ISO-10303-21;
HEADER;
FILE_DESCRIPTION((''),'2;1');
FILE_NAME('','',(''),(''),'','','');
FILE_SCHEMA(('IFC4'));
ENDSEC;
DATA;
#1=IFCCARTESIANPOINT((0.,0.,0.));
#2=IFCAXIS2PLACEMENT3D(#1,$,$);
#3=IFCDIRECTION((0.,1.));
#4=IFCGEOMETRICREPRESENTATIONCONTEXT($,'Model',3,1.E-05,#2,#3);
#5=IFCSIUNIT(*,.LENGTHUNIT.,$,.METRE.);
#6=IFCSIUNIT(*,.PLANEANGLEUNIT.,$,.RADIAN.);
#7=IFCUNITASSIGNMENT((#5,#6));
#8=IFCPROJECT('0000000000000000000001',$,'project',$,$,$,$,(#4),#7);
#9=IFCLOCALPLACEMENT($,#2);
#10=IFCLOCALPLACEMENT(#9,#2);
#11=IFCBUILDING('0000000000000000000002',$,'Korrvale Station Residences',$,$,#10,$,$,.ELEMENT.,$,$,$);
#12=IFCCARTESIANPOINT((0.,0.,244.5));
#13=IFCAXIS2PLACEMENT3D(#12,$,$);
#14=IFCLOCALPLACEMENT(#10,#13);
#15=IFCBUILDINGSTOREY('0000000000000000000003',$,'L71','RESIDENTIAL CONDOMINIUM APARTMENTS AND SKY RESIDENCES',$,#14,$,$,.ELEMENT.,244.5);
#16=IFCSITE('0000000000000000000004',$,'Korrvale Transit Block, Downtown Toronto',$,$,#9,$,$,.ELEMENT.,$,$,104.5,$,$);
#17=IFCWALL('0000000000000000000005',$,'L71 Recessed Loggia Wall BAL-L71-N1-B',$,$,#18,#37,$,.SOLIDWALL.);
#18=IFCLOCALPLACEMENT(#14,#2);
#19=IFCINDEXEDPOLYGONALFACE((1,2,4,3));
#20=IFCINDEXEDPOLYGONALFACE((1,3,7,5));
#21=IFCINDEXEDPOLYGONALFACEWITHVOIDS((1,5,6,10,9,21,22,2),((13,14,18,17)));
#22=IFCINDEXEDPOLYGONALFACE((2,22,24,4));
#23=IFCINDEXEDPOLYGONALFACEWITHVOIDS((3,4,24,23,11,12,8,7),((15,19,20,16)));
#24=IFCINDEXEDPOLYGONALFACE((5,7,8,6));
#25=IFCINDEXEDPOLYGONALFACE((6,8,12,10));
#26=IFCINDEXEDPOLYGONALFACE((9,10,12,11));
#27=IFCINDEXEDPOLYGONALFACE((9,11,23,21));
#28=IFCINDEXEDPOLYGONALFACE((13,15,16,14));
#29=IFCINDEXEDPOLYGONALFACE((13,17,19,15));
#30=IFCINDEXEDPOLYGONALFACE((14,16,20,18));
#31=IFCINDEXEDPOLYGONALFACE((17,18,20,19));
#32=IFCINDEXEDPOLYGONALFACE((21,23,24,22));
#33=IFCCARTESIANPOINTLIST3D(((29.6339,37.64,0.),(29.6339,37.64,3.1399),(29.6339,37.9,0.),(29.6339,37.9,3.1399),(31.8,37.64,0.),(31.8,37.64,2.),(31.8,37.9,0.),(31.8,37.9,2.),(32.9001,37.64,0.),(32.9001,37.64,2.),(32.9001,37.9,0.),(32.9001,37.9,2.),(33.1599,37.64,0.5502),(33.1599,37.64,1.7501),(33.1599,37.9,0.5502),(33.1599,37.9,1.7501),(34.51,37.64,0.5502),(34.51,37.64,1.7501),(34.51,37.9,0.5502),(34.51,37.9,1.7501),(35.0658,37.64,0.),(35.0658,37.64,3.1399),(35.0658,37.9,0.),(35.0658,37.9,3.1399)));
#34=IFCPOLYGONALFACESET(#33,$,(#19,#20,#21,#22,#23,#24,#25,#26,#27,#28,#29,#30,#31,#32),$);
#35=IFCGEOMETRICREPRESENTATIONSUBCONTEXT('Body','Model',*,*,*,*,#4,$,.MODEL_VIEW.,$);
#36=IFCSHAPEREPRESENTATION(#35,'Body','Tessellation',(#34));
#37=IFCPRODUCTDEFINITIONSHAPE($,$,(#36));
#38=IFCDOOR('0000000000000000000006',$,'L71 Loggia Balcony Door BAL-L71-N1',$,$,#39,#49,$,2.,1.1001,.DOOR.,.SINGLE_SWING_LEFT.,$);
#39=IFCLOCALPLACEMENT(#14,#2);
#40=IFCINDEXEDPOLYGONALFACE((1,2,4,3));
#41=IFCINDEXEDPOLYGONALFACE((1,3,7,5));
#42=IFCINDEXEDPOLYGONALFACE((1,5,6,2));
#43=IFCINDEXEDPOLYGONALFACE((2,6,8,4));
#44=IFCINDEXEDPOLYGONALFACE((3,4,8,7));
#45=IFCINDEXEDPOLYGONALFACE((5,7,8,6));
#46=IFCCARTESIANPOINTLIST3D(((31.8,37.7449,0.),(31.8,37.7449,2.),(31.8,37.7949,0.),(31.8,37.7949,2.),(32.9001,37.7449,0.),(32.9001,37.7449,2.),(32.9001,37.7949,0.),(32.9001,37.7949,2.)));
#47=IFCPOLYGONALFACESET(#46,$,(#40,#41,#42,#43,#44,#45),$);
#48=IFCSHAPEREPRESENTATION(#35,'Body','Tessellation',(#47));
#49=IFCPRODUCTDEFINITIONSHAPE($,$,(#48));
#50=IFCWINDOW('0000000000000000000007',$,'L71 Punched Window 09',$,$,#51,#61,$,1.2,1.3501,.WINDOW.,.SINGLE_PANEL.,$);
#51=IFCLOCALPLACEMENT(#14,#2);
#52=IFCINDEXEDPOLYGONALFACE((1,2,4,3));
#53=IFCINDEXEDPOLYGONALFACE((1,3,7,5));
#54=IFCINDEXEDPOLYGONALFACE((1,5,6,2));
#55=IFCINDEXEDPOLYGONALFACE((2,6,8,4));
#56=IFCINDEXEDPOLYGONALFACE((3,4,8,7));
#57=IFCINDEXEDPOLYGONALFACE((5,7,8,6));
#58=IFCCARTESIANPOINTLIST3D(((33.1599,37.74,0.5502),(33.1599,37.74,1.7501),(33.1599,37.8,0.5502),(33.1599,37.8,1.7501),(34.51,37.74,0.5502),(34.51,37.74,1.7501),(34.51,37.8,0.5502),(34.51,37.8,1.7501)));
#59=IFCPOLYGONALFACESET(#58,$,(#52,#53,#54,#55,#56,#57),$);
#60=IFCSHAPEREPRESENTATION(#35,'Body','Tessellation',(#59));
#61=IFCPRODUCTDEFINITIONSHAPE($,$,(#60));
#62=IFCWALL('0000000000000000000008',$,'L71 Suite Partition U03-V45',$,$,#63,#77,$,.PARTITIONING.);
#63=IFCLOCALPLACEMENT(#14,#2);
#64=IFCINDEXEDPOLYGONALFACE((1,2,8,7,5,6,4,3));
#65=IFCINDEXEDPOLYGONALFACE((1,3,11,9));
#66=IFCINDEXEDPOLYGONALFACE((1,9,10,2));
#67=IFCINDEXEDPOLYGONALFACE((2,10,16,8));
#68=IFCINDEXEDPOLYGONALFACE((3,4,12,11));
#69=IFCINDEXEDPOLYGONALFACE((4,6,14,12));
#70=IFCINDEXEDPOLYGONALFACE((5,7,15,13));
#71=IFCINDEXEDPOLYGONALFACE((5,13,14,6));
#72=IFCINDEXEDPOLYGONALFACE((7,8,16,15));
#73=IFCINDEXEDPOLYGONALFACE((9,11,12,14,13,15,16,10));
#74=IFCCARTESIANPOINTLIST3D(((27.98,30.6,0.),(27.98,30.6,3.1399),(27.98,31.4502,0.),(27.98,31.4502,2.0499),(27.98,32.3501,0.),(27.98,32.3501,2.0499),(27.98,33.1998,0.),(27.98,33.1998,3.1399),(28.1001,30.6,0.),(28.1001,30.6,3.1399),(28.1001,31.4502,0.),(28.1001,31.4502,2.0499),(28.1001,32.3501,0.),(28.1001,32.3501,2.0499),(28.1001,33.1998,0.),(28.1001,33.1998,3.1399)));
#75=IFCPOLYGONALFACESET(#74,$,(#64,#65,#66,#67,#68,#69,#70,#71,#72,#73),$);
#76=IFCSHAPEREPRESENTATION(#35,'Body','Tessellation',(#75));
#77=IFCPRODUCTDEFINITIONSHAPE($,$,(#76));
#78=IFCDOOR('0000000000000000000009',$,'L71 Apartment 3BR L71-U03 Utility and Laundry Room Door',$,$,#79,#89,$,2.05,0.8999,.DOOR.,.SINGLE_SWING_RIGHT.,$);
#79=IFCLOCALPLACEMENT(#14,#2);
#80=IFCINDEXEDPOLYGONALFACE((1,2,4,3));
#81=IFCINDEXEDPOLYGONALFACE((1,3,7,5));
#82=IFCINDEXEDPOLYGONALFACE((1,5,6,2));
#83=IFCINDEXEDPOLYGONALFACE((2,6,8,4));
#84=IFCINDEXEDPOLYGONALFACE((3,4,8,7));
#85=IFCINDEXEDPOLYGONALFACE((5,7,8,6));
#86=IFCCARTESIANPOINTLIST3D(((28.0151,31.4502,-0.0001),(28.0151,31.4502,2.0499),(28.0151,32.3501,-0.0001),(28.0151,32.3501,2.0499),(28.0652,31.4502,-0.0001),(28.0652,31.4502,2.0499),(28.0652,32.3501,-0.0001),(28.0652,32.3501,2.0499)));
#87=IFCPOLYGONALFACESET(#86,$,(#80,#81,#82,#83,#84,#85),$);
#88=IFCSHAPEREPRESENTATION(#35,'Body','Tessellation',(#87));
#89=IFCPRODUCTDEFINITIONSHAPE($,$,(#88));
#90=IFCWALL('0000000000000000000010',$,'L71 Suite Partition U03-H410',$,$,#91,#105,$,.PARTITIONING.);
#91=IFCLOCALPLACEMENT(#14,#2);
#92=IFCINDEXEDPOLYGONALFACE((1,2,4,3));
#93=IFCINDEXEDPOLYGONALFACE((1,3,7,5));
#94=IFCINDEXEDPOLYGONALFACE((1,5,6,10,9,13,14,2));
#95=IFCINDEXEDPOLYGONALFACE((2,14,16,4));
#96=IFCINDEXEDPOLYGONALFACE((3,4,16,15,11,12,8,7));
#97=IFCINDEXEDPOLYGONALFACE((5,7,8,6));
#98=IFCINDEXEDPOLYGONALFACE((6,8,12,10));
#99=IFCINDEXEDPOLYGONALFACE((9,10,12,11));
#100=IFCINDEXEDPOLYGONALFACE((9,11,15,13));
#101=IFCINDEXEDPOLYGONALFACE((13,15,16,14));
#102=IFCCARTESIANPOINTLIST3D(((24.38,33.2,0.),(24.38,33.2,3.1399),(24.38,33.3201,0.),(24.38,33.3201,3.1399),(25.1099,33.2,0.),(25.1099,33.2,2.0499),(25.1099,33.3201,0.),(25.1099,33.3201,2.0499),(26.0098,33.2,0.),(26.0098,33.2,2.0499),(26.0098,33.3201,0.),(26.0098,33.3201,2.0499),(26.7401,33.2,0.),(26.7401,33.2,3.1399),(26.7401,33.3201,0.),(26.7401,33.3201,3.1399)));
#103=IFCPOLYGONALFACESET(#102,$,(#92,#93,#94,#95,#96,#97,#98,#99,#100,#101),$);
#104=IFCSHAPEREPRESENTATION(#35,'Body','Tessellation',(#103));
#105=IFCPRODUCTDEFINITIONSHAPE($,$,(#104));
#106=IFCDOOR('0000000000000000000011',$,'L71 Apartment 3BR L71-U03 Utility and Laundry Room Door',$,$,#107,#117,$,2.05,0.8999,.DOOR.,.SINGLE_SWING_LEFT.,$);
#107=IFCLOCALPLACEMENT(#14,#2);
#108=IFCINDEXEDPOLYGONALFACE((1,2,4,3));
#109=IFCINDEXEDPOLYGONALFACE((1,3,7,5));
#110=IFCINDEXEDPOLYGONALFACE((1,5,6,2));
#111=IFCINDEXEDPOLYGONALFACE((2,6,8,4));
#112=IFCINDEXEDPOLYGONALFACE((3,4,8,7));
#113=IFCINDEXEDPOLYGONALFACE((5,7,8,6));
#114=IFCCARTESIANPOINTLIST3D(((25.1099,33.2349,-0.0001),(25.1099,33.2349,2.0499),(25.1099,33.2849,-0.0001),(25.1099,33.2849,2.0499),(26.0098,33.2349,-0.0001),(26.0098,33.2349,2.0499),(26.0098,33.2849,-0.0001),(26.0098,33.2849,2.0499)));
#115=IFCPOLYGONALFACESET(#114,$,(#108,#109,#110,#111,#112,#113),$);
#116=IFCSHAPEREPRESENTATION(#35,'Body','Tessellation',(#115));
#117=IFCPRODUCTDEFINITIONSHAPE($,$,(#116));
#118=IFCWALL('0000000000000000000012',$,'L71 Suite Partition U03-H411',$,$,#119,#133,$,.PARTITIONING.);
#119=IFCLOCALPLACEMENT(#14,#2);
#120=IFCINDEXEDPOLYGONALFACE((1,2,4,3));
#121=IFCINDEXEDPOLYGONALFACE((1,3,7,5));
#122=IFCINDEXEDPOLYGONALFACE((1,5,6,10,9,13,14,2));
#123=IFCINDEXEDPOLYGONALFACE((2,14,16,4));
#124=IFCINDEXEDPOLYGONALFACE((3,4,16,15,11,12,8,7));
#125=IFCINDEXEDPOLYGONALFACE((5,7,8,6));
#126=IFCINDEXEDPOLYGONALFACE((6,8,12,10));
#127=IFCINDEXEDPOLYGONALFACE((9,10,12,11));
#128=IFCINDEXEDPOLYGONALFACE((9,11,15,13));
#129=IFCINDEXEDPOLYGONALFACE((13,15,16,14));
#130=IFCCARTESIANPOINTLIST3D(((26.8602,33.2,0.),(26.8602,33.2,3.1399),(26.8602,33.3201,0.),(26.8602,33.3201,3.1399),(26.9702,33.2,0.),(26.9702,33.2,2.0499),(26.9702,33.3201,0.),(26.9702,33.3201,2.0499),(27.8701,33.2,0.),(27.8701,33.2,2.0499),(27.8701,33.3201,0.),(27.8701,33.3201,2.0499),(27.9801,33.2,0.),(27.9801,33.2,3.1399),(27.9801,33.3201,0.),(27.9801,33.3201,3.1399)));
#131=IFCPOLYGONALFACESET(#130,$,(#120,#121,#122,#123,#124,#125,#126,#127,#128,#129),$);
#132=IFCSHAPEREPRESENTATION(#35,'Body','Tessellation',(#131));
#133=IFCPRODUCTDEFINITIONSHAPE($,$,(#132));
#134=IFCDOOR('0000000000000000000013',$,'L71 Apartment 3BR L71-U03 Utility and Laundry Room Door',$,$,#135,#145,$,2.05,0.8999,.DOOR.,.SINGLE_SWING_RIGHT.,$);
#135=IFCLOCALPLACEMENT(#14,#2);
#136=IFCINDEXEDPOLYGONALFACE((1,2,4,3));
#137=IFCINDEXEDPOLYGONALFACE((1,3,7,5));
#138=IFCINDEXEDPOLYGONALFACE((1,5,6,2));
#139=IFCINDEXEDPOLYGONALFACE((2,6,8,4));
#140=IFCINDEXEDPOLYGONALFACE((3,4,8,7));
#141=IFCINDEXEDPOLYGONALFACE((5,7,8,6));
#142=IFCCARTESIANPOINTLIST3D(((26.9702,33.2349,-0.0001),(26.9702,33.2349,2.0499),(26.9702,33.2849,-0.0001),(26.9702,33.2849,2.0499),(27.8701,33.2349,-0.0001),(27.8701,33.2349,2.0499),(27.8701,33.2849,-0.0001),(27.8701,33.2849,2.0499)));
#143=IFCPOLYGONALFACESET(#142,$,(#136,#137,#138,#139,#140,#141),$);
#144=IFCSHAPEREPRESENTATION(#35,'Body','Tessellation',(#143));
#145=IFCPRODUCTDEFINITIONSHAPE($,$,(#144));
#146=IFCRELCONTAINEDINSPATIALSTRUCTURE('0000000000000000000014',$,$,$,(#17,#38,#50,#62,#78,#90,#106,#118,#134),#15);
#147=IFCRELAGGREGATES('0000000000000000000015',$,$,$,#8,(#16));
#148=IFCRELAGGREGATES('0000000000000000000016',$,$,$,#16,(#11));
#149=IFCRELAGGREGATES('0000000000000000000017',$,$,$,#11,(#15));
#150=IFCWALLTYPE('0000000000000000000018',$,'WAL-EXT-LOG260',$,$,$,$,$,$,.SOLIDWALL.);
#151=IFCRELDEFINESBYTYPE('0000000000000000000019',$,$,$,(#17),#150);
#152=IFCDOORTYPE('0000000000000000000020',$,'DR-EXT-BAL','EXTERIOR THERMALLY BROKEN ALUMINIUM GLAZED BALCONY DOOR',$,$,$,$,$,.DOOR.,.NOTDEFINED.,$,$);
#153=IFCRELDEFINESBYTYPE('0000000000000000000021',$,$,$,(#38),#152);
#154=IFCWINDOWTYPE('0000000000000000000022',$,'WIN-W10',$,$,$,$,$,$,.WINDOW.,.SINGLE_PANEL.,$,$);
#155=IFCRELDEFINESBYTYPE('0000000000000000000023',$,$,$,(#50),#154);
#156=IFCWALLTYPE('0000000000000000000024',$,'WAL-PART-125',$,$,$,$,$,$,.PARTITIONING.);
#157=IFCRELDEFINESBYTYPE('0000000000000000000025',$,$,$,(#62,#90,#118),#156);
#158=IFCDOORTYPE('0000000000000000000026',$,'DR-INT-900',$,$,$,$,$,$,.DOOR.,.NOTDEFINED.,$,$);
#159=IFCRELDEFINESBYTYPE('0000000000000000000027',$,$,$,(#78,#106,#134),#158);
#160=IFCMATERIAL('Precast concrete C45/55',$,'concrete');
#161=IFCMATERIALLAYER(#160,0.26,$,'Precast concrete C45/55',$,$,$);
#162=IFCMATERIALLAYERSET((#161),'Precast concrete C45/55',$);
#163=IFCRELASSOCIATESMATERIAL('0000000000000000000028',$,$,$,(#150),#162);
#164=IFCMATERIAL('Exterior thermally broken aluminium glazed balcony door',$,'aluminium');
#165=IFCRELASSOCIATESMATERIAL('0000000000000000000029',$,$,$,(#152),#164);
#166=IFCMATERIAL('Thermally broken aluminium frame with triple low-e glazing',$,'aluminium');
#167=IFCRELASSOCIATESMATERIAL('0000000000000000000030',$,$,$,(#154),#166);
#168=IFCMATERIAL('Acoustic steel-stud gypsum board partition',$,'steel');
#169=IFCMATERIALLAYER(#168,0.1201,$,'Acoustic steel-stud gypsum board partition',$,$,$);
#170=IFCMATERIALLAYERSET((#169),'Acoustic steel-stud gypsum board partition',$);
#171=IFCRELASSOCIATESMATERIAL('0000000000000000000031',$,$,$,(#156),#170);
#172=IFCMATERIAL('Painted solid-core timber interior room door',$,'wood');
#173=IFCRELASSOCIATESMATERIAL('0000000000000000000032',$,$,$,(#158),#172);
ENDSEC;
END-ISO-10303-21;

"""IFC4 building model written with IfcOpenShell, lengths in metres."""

from ifc_helpers import new_model, si_unit, direction, frame, frame_2d, origin, place, context, subcontext, project, spatial, rectangle, extrude, material, layer, layer_set, type_object, element, fill, save


model = new_model("IFC4")

# Units and contexts
model_context = context("Model", 3, precision=1e-05, world=origin(), true_north=direction((0.0, 1.0)))
body_context = subcontext(model_context, "Body", "Model", "MODEL_VIEW")
ifc_project = project(units=[si_unit("LENGTHUNIT", "METRE"), si_unit("PLANEANGLEUNIT", "RADIAN")], contexts=[model_context])

# Site, building, storey
site_placement = place(None, origin())
site = spatial("IfcSite", under=ifc_project, at=site_placement, Name="Korrvale Transit Block, Downtown Toronto", CompositionType="ELEMENT", RefElevation=104.5)
building_placement = place(site_placement, origin())
building = spatial("IfcBuilding", under=site, at=building_placement, Name="Korrvale Station Residences", CompositionType="ELEMENT")
storey_placement = place(building_placement, frame((0.0, 0.0, 244.5)))
storey = spatial("IfcBuildingStorey", under=building, at=storey_placement, Name="L71", Description="RESIDENTIAL CONDOMINIUM APARTMENTS AND SKY RESIDENCES", CompositionType="ELEMENT", Elevation=244.5)

# Shared definitions
ifc_material_1 = material(Name="Precast concrete C45/55", Category="concrete")
ifc_layer_1 = layer(ifc_material_1, 0.26, Name="Precast concrete C45/55")
ifc_layer_set_1 = layer_set([ifc_layer_1], Name="Precast concrete C45/55")
wall_type_1 = type_object("IfcWallType", Name="WAL-EXT-LOG260", PredefinedType="SOLIDWALL", material=ifc_layer_set_1)

# Wall, openings, door, window
wall_1_placement = place(storey_placement, frame((29.634, 37.77, 0.0), z_axis=(0.0, 0.0, 1.0), x_axis=(1.0, 0.0, 0.0)))
wall_1 = element("IfcWall", 1, at=wall_1_placement, inside=storey, type_object=wall_type_1, Name="L71 Recessed Loggia Wall BAL-L71-N1-B", PredefinedType="SOLIDWALL", context=body_context, shape_type="SweptSolid", body=[
    extrude(rectangle(XDim=5.4319, YDim=0.26, at=frame_2d((2.7158, 0.0))), origin(), (0.0, 0.0, 1.0), 3.1399),
])
opening_1_placement = place(wall_1_placement, frame((2.166, 0.0, 0.0)))
opening_1 = element("IfcOpeningElement", 2, at=opening_1_placement, cuts=wall_1, PredefinedType="OPENING", context=body_context, shape_type="SweptSolid", body=[
    extrude(rectangle(XDim=1.1001, YDim=2.0, at=frame_2d((0.55, 1.0))), frame((0.0, 0.1401, 0.0), z_axis=(0.0, -1.0, 0.0), x_axis=(1.0, 0.0, 0.0)), (0.0, 0.0, 1.0), 0.28),
])
opening_2_placement = place(wall_1_placement, frame((3.5259, 0.0, 0.55)))
opening_2 = element("IfcOpeningElement", 3, at=opening_2_placement, cuts=wall_1, PredefinedType="OPENING", context=body_context, shape_type="SweptSolid", body=[
    extrude(rectangle(XDim=1.3501, YDim=1.2, at=frame_2d((0.675, 0.6001))), frame((0.0, 0.1401, 0.0), z_axis=(0.0, -1.0, 0.0), x_axis=(1.0, 0.0, 0.0)), (0.0, 0.0, 1.0), 0.28),
])
ifc_material_2 = material(Name="Exterior thermally broken aluminium glazed balcony door", Category="aluminium")
door_type_1 = type_object("IfcDoorType", Name="DR-EXT-BAL", Description="EXTERIOR THERMALLY BROKEN ALUMINIUM GLAZED BALCONY DOOR", OperationType="NOTDEFINED", PredefinedType="DOOR", material=ifc_material_2)
door_1_placement = place(opening_1_placement, origin())
door_1 = element("IfcDoor", 4, at=door_1_placement, inside=storey, type_object=door_type_1, Name="L71 Loggia Balcony Door BAL-L71-N1", OperationType="SINGLE_SWING_LEFT", OverallHeight=2.0, OverallWidth=1.1001, PredefinedType="DOOR", context=body_context, shape_type="SweptSolid", body=[
    extrude(rectangle(XDim=1.1001, YDim=2.0, at=frame_2d((0.55, 1.0))), frame((0.0, 0.0249, 0.0), z_axis=(0.0, -1.0, 0.0), x_axis=(1.0, 0.0, 0.0)), (0.0, 0.0, 1.0), 0.05),
])
fill(opening_1, door_1)
ifc_material_3 = material(Name="Thermally broken aluminium frame with triple low-e glazing", Category="aluminium")
window_type = type_object("IfcWindowType", Name="WIN-W10", PartitioningType="SINGLE_PANEL", PredefinedType="WINDOW", material=ifc_material_3)
window_placement = place(opening_2_placement, origin())
window = element("IfcWindow", 5, at=window_placement, inside=storey, type_object=window_type, Name="L71 Punched Window 09", OverallHeight=1.2, OverallWidth=1.3501, PartitioningType="SINGLE_PANEL", PredefinedType="WINDOW", context=body_context, shape_type="SweptSolid", body=[
    extrude(rectangle(XDim=1.3501, YDim=1.2, at=frame_2d((0.675, 0.6001))), frame((0.0, 0.03, 0.0), z_axis=(0.0, -1.0, 0.0), x_axis=(1.0, 0.0, 0.0)), (0.0, 0.0, 1.0), 0.0601),
])
fill(opening_2, window)

# Walls, openings, doors
ifc_material_4 = material(Name="Acoustic steel-stud gypsum board partition", Category="steel")
ifc_layer_2 = layer(ifc_material_4, 0.1201, Name="Acoustic steel-stud gypsum board partition")
ifc_layer_set_2 = layer_set([ifc_layer_2], Name="Acoustic steel-stud gypsum board partition")
wall_type_2 = type_object("IfcWallType", Name="WAL-PART-125", PredefinedType="PARTITIONING", material=ifc_layer_set_2)
wall_2_placement = place(storey_placement, frame((28.04, 30.6001, 0.0), z_axis=(0.0, 0.0, 1.0), x_axis=(0.0, 1.0, 0.0)))
wall_2 = element("IfcWall", 6, at=wall_2_placement, inside=storey, type_object=wall_type_2, Name="L71 Suite Partition U03-V45", PredefinedType="PARTITIONING", context=body_context, shape_type="SweptSolid", body=[
    extrude(rectangle(XDim=2.5999, YDim=0.1201, at=frame_2d((1.2998, 0.0))), origin(), (0.0, 0.0, 1.0), 3.1399),
])
opening_3_placement = place(wall_2_placement, frame((0.8501, 0.0, 0.0)))
opening_3 = element("IfcOpeningElement", 7, at=opening_3_placement, cuts=wall_2, PredefinedType="OPENING", context=body_context, shape_type="SweptSolid", body=[
    extrude(rectangle(XDim=0.8999, YDim=2.05, at=frame_2d((0.45, 1.0249))), frame((0.0, 0.0701, 0.0), z_axis=(0.0, -1.0, 0.0), x_axis=(1.0, 0.0, 0.0)), (0.0, 0.0, 1.0), 0.1401),
])
ifc_material_5 = material(Name="Painted solid-core timber interior room door", Category="wood")
door_type_2 = type_object("IfcDoorType", Name="DR-INT-900", OperationType="NOTDEFINED", PredefinedType="DOOR", material=ifc_material_5)
door_2_placement = place(opening_3_placement, origin())
door_2 = element("IfcDoor", 8, at=door_2_placement, inside=storey, type_object=door_type_2, Name="L71 Apartment 3BR L71-U03 Utility and Laundry Room Door", OperationType="SINGLE_SWING_RIGHT", OverallHeight=2.05, OverallWidth=0.8999, PredefinedType="DOOR", context=body_context, shape_type="SweptSolid", body=[
    extrude(rectangle(XDim=0.8999, YDim=2.05, at=frame_2d((0.45, 1.0249))), frame((0.0, 0.0249, 0.0), z_axis=(0.0, -1.0, 0.0), x_axis=(1.0, 0.0, 0.0)), (0.0, 0.0, 1.0), 0.05),
])
fill(opening_3, door_2)
wall_3_placement = place(storey_placement, frame((24.3799, 33.26, 0.0), z_axis=(0.0, 0.0, 1.0), x_axis=(1.0, 0.0, 0.0)))
wall_3 = element("IfcWall", 9, at=wall_3_placement, inside=storey, type_object=wall_type_2, Name="L71 Suite Partition U03-H410", PredefinedType="PARTITIONING", context=body_context, shape_type="SweptSolid", body=[
    extrude(rectangle(XDim=2.3601, YDim=0.1201, at=frame_2d((1.1802, 0.0))), origin(), (0.0, 0.0, 1.0), 3.1399),
])
opening_4_placement = place(wall_3_placement, frame((0.73, 0.0, 0.0)))
opening_4 = element("IfcOpeningElement", 10, at=opening_4_placement, cuts=wall_3, PredefinedType="OPENING", context=body_context, shape_type="SweptSolid", body=[
    extrude(rectangle(XDim=0.8999, YDim=2.05, at=frame_2d((0.45, 1.0249))), frame((0.0, 0.0701, 0.0), z_axis=(0.0, -1.0, 0.0), x_axis=(1.0, 0.0, 0.0)), (0.0, 0.0, 1.0), 0.1401),
])
door_3_placement = place(opening_4_placement, origin())
door_3 = element("IfcDoor", 11, at=door_3_placement, inside=storey, type_object=door_type_2, Name="L71 Apartment 3BR L71-U03 Utility and Laundry Room Door", OperationType="SINGLE_SWING_LEFT", OverallHeight=2.05, OverallWidth=0.8999, PredefinedType="DOOR", context=body_context, shape_type="SweptSolid", body=[
    extrude(rectangle(XDim=0.8999, YDim=2.05, at=frame_2d((0.45, 1.0249))), frame((0.0, 0.0249, 0.0), z_axis=(0.0, -1.0, 0.0), x_axis=(1.0, 0.0, 0.0)), (0.0, 0.0, 1.0), 0.05),
])
fill(opening_4, door_3)
wall_4_placement = place(storey_placement, frame((26.8601, 33.26, 0.0), z_axis=(0.0, 0.0, 1.0), x_axis=(1.0, 0.0, 0.0)))
wall_4 = element("IfcWall", 12, at=wall_4_placement, inside=storey, type_object=wall_type_2, Name="L71 Suite Partition U03-H411", PredefinedType="PARTITIONING", context=body_context, shape_type="SweptSolid", body=[
    extrude(rectangle(XDim=1.1199, YDim=0.1201, at=frame_2d((0.5601, 0.0))), origin(), (0.0, 0.0, 1.0), 3.1399),
])
opening_5_placement = place(wall_4_placement, frame((0.1101, 0.0, 0.0)))
opening_5 = element("IfcOpeningElement", 13, at=opening_5_placement, cuts=wall_4, PredefinedType="OPENING", context=body_context, shape_type="SweptSolid", body=[
    extrude(rectangle(XDim=0.8999, YDim=2.05, at=frame_2d((0.45, 1.0249))), frame((0.0, 0.0701, 0.0), z_axis=(0.0, -1.0, 0.0), x_axis=(1.0, 0.0, 0.0)), (0.0, 0.0, 1.0), 0.1401),
])
door_4_placement = place(opening_5_placement, origin())
door_4 = element("IfcDoor", 14, at=door_4_placement, inside=storey, type_object=door_type_2, Name="L71 Apartment 3BR L71-U03 Utility and Laundry Room Door", OperationType="SINGLE_SWING_RIGHT", OverallHeight=2.05, OverallWidth=0.8999, PredefinedType="DOOR", context=body_context, shape_type="SweptSolid", body=[
    extrude(rectangle(XDim=0.8999, YDim=2.05, at=frame_2d((0.45, 1.0249))), frame((0.0, 0.0249, 0.0), z_axis=(0.0, -1.0, 0.0), x_axis=(1.0, 0.0, 0.0)), (0.0, 0.0, 1.0), 0.05),
])
fill(opening_5, door_4)

save(model, "model.ifc")
